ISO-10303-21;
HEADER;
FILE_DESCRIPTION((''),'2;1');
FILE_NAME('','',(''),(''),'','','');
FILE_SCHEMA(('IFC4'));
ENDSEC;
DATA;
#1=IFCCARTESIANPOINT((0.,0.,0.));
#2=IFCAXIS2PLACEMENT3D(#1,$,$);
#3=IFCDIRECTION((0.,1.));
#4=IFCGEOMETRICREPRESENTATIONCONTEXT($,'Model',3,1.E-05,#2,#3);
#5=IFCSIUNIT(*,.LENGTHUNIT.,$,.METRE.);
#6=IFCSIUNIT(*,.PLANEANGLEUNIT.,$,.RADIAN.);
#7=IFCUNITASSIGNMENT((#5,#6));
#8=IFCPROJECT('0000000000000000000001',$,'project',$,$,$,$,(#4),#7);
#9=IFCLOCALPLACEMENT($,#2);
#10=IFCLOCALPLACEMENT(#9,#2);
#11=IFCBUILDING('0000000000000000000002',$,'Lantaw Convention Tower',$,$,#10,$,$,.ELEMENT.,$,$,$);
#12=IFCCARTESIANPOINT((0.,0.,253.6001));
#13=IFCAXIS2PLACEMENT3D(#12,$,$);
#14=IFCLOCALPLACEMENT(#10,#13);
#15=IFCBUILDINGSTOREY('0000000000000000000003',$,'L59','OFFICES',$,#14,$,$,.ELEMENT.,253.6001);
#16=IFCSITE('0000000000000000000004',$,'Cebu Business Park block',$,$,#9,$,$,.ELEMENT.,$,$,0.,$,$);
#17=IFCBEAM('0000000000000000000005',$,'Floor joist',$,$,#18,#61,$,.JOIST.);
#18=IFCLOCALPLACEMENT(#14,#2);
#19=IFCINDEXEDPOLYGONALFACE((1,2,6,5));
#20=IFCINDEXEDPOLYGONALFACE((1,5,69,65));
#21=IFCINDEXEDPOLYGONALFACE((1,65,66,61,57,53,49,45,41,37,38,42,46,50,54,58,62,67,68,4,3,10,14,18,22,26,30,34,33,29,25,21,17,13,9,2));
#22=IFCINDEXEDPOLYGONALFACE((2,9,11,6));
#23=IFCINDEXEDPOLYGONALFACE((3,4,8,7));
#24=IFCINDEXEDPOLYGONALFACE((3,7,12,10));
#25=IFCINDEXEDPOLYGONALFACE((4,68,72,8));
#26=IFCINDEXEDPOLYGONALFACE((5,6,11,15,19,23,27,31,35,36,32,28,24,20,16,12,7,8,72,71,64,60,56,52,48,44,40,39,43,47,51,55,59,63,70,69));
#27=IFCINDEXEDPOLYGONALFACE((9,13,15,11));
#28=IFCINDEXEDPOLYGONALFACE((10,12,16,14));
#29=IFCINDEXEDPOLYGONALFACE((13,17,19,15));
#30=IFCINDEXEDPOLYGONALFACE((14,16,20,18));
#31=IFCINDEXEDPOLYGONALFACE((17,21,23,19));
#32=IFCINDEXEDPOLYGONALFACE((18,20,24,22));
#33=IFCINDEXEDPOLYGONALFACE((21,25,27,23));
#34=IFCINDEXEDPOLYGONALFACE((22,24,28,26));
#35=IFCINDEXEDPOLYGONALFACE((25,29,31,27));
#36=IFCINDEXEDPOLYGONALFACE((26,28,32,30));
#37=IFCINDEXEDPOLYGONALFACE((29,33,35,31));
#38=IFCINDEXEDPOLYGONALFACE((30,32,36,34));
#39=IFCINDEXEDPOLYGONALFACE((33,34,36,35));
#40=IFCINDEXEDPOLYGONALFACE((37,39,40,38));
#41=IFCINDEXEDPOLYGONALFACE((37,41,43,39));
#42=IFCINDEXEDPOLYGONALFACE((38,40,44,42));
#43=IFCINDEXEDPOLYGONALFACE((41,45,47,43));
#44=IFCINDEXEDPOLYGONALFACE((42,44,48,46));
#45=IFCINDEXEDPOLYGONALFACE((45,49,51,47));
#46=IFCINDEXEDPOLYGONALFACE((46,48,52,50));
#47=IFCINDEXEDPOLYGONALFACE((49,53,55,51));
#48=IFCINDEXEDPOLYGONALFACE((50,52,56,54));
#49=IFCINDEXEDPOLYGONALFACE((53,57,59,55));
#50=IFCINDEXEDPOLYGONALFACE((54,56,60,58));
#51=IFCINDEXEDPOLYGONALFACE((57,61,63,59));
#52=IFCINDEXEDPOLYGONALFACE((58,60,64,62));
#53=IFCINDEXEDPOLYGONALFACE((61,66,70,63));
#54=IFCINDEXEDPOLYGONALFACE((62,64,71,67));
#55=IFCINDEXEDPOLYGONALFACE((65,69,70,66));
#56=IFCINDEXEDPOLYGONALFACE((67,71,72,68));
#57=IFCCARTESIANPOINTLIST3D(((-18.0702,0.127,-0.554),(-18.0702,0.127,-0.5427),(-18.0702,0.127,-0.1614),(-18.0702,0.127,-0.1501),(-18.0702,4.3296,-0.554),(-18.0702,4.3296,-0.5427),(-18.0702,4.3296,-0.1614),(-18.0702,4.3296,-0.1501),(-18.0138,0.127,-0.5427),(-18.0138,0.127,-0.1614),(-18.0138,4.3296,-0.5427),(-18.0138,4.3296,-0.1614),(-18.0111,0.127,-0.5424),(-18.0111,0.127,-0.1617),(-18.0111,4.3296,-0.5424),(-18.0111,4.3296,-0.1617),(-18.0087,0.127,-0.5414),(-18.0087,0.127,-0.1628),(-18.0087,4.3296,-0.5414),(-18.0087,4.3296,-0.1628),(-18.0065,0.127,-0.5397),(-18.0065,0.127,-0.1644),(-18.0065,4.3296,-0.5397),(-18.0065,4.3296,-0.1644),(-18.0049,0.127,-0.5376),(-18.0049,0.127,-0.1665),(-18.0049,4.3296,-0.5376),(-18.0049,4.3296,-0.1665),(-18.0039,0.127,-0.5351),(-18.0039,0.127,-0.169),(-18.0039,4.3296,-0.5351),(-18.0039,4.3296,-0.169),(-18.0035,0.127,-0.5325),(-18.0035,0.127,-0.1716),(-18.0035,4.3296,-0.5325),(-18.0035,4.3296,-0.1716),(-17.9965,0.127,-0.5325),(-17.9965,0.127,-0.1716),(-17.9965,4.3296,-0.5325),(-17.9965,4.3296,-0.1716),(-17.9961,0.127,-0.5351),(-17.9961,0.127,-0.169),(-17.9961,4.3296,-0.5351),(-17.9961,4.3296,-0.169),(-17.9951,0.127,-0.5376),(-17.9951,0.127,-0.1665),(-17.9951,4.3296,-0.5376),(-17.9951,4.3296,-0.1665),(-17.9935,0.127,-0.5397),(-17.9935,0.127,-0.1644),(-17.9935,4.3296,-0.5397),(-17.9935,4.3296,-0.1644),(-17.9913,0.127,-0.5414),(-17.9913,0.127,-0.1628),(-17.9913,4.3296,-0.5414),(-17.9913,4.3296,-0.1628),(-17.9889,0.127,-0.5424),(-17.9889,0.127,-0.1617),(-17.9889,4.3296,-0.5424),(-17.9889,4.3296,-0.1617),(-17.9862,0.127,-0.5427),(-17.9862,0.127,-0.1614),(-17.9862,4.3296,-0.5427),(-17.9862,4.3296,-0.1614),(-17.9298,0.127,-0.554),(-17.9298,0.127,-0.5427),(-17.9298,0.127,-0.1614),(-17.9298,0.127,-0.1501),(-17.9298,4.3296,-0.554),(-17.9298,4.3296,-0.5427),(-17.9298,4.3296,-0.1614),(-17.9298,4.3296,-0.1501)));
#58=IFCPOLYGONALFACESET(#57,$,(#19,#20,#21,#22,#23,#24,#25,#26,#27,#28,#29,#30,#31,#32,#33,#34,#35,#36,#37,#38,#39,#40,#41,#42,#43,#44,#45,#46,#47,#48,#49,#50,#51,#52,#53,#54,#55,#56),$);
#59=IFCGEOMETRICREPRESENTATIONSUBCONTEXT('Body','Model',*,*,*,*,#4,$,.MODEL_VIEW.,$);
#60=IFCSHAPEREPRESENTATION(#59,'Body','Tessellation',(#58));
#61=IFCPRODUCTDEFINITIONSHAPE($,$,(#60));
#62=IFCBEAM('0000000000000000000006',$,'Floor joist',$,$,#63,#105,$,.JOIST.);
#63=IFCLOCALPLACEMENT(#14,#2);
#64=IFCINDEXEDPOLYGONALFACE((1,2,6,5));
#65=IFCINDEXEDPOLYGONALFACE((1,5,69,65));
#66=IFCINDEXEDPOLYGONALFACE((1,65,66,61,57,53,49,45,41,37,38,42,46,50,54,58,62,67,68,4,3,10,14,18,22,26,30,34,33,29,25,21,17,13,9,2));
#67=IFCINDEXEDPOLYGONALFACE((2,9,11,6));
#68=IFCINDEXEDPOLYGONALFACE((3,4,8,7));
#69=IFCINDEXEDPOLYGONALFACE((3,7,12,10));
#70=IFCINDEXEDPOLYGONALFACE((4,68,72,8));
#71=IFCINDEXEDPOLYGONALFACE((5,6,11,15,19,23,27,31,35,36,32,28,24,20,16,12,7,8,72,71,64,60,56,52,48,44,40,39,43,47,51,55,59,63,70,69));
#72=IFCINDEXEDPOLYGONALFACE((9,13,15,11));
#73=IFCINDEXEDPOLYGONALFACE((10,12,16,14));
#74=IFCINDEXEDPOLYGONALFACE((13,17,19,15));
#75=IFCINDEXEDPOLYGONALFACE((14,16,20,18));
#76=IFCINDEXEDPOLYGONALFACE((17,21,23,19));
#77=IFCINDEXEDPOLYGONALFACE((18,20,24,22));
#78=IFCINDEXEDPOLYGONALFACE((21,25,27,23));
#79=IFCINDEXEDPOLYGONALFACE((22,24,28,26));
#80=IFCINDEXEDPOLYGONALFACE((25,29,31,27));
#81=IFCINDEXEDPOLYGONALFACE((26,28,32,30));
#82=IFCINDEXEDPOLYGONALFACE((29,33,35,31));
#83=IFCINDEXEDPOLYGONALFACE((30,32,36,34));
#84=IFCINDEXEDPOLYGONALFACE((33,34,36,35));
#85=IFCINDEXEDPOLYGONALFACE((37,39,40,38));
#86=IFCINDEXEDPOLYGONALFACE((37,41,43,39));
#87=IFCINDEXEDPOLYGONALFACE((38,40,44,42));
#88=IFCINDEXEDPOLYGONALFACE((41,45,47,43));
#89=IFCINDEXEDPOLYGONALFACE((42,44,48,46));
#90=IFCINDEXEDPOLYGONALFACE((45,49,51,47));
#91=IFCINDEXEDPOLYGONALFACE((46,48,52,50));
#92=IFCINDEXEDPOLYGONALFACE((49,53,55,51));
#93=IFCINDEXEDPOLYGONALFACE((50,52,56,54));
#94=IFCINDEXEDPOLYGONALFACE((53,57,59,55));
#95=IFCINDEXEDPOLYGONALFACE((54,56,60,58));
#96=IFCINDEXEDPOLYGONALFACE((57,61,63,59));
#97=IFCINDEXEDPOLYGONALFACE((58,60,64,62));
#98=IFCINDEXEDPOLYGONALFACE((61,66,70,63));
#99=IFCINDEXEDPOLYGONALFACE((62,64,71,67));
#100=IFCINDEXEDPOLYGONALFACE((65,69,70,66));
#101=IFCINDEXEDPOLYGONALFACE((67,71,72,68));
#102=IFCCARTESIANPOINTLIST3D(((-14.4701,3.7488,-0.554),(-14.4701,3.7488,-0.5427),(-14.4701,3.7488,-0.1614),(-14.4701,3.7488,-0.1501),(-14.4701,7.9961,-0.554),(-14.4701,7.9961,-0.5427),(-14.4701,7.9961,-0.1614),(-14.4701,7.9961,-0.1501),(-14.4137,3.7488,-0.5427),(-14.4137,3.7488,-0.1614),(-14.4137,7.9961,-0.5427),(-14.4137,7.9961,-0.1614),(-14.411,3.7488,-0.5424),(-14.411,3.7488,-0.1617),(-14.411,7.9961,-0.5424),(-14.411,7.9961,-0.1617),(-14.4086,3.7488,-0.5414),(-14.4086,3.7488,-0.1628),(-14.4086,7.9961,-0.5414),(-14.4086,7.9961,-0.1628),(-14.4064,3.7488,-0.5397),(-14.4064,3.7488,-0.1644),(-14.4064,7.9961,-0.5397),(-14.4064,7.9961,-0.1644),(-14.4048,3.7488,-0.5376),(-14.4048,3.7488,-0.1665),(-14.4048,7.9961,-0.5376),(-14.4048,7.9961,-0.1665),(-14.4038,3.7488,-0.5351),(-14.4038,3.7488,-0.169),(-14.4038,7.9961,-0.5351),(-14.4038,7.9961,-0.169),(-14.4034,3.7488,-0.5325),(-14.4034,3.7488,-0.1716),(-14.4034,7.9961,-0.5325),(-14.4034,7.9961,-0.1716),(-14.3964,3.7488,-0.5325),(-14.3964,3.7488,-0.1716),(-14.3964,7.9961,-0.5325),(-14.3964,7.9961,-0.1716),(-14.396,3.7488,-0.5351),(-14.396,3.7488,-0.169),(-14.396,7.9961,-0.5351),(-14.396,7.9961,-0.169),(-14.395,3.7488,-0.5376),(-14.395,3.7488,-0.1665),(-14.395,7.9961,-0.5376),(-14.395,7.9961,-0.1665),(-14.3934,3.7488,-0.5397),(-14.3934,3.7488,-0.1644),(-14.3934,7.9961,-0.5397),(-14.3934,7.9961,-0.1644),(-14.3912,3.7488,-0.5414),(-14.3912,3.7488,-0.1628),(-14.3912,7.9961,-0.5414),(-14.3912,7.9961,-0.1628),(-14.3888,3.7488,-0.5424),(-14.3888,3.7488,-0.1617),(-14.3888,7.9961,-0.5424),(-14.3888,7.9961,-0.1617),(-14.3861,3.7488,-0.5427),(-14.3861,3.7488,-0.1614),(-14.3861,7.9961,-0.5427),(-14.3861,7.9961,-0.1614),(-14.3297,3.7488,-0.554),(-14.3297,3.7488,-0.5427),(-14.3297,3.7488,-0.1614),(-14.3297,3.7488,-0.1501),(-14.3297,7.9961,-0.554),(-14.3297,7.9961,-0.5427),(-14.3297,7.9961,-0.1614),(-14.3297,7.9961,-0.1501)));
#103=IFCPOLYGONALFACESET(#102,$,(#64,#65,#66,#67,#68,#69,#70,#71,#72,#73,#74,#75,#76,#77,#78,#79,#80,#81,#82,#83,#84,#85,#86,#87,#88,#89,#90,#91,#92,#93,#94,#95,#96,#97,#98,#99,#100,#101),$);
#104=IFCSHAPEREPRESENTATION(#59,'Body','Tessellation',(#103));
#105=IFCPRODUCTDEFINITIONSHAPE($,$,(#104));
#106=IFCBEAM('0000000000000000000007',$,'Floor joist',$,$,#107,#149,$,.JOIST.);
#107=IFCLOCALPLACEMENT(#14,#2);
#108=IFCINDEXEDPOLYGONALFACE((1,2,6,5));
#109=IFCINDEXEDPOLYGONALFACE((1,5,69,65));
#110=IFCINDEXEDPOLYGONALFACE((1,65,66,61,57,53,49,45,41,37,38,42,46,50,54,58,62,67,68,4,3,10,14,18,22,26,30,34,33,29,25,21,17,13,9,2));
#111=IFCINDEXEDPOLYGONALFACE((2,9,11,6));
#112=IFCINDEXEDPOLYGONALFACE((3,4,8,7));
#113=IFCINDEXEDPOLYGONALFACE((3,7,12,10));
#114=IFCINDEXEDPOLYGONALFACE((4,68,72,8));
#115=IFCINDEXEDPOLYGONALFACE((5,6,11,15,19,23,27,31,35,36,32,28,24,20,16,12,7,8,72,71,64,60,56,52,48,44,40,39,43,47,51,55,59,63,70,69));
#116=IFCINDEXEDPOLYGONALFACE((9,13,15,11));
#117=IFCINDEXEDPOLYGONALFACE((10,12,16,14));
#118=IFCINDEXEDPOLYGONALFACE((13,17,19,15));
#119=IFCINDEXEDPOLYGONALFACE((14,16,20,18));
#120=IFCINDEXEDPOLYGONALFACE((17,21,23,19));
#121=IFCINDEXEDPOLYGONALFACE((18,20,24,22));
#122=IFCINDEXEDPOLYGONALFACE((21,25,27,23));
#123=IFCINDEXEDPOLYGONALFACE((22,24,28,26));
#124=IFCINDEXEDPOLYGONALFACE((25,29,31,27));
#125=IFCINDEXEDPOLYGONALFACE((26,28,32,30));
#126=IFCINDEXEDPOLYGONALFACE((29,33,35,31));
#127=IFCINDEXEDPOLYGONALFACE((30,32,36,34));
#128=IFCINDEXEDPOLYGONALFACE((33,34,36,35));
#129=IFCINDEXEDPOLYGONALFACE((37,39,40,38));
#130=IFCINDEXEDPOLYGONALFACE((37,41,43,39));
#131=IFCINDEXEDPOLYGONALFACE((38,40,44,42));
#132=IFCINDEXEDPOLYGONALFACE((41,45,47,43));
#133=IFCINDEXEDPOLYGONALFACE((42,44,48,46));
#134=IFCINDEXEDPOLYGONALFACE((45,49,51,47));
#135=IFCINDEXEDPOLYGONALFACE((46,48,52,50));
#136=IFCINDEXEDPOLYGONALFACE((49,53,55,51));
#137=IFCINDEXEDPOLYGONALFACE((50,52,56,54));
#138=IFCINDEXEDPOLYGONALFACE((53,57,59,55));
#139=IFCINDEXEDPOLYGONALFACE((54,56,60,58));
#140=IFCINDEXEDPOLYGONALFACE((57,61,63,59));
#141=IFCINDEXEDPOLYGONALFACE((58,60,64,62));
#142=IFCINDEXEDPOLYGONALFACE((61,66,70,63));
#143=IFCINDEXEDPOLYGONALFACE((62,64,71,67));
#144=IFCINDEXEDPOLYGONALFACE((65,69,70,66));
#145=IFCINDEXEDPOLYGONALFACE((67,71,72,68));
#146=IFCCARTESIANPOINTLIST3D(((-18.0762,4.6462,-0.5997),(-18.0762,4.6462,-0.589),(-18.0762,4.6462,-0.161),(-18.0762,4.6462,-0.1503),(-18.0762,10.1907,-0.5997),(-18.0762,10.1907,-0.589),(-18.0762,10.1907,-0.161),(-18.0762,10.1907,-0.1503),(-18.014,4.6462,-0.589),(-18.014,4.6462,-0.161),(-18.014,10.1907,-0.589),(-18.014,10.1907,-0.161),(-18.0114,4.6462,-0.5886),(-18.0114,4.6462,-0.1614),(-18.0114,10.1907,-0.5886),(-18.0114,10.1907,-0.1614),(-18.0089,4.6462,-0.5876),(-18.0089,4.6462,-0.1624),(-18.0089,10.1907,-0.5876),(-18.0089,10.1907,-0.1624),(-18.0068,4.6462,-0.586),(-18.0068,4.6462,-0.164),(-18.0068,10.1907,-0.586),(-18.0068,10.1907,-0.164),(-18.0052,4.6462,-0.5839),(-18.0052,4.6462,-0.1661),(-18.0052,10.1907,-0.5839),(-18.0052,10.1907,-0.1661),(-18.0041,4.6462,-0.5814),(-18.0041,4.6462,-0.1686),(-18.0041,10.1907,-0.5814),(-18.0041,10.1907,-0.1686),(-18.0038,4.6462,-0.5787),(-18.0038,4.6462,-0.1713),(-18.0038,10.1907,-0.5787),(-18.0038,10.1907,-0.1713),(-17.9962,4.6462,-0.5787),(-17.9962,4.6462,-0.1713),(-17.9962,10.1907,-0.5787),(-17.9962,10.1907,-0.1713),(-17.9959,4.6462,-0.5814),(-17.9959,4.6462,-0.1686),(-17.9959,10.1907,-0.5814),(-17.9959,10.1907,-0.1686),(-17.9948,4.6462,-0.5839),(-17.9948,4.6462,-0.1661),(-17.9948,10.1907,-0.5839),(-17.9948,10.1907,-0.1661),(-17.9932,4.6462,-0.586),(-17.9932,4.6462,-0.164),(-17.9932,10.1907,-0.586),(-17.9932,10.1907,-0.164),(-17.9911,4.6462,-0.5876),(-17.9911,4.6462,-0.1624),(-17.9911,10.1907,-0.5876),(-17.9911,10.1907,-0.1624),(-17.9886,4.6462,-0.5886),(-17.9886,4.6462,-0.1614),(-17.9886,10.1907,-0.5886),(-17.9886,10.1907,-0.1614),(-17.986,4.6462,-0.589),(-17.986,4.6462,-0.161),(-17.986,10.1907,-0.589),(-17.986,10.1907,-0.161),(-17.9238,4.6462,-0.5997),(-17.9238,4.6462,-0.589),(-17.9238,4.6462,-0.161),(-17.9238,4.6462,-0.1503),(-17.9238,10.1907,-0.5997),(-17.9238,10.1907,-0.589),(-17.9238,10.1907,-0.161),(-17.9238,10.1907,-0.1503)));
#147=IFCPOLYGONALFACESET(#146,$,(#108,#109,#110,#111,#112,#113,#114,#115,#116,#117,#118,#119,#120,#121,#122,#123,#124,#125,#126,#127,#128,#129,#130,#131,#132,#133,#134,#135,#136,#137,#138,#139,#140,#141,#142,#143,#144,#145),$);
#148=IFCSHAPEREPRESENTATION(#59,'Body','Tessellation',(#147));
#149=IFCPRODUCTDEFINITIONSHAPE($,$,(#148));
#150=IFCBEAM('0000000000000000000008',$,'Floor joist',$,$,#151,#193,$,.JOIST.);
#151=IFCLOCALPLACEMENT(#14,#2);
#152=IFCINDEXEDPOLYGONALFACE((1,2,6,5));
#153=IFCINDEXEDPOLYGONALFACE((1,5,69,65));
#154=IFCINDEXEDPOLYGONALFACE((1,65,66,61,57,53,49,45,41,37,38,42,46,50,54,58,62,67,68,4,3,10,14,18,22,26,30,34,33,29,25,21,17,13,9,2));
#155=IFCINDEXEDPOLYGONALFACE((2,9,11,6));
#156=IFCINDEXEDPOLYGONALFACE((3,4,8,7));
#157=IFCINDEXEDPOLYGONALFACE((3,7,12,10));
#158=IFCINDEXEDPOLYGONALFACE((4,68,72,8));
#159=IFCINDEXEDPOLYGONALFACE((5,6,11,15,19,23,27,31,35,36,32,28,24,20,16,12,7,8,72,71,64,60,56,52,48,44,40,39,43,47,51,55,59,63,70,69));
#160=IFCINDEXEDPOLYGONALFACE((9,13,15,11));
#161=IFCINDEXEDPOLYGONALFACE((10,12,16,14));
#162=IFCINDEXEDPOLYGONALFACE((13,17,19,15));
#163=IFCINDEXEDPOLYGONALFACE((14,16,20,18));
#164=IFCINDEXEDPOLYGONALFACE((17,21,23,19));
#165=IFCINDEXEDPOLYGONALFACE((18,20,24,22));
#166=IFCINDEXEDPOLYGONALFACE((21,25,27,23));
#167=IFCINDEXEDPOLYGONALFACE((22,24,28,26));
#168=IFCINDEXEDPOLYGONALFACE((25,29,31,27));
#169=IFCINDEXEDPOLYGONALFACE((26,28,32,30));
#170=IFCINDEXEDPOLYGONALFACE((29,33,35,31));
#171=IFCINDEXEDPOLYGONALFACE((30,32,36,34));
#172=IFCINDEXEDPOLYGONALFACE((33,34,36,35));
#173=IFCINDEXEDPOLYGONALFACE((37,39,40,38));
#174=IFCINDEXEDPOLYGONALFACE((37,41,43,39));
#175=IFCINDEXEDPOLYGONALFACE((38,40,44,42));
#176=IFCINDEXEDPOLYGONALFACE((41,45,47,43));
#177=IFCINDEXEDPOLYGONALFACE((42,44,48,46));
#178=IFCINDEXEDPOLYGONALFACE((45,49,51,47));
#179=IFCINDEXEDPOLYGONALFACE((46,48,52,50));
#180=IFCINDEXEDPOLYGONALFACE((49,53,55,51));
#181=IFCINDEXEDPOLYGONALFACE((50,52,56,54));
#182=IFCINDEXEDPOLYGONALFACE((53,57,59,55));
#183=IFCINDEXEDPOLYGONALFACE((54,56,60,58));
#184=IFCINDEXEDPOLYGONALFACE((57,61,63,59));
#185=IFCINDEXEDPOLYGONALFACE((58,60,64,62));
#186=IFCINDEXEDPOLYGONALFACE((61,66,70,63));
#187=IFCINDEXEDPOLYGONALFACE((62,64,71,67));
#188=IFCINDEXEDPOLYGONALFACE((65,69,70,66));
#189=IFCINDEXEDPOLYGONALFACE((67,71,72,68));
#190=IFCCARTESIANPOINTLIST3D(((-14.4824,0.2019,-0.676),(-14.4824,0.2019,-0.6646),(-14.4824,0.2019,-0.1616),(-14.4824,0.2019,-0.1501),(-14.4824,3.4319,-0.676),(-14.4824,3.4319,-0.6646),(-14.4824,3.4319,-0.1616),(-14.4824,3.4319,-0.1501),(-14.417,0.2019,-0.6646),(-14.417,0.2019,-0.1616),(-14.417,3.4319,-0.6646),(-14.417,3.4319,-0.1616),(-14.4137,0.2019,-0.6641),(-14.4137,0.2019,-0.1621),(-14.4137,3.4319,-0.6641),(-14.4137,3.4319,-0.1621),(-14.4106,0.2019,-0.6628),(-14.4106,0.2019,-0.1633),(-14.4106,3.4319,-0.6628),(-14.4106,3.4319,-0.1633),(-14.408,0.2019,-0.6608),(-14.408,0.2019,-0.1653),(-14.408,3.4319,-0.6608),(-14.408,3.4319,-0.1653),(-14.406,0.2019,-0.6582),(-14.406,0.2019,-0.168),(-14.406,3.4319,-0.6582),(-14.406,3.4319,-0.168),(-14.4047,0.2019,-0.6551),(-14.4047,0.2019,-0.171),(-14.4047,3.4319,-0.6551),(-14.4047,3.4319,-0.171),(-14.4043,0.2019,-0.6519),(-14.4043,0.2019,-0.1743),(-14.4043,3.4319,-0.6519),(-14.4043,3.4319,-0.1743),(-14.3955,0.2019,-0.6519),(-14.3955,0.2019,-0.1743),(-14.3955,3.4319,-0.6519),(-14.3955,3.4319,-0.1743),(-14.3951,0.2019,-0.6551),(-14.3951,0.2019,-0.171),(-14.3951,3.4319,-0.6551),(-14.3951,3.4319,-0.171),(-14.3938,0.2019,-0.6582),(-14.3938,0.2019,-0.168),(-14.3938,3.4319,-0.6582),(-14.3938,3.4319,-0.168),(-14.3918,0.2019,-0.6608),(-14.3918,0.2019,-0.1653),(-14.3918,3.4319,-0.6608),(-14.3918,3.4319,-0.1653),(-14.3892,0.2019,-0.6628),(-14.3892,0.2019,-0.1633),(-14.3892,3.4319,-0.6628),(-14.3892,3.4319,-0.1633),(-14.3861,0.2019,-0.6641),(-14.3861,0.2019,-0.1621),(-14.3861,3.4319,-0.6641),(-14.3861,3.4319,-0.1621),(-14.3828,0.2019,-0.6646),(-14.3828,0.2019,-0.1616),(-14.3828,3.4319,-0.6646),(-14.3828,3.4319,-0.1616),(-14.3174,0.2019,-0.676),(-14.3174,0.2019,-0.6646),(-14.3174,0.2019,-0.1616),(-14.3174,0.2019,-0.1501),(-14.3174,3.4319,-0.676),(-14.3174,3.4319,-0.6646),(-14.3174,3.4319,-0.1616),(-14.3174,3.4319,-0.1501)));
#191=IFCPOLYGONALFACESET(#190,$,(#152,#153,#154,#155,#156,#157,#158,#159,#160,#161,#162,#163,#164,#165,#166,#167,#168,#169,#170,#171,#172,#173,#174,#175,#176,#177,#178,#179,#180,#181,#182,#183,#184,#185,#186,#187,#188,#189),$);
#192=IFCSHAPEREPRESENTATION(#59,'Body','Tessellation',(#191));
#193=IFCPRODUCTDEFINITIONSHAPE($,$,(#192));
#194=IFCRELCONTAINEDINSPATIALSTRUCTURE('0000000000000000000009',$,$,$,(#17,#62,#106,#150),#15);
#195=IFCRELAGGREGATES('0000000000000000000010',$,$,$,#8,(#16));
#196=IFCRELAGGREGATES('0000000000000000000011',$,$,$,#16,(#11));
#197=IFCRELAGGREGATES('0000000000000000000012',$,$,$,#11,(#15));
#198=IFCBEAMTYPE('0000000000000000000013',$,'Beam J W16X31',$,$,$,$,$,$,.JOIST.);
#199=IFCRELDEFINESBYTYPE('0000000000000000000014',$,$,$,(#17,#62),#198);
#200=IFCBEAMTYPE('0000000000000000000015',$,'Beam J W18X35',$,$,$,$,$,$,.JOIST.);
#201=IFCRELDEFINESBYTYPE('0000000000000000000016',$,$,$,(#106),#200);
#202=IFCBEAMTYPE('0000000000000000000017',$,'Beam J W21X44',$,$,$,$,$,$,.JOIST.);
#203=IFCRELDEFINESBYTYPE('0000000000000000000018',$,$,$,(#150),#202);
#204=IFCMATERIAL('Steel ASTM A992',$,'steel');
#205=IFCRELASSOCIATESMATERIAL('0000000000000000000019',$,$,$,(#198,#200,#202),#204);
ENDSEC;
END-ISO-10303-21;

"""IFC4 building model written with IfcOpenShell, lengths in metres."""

from ifc_helpers import new_model, si_unit, direction, frame, origin, origin_2d, place, context, subcontext, project, spatial, i_section, extrude, material, material_profile, profile_set, type_object, element, save


model = new_model("IFC4")

# Units and contexts
model_context = context("Model", 3, precision=1e-05, world=origin(), true_north=direction((0.0, 1.0)))
body_context = subcontext(model_context, "Body", "Model", "MODEL_VIEW")
ifc_project = project(units=[si_unit("LENGTHUNIT", "METRE"), si_unit("PLANEANGLEUNIT", "RADIAN")], contexts=[model_context])

# Site, building, storey
site_placement = place(None, origin())
site = spatial("IfcSite", under=ifc_project, at=site_placement, Name="Cebu Business Park block", CompositionType="ELEMENT", RefElevation=0.0)
building_placement = place(site_placement, origin())
building = spatial("IfcBuilding", under=site, at=building_placement, Name="Lantaw Convention Tower", CompositionType="ELEMENT")
storey_placement = place(building_placement, frame((0.0, 0.0, 253.6001)))
storey = spatial("IfcBuildingStorey", under=building, at=storey_placement, Name="L59", Description="OFFICES", CompositionType="ELEMENT", Elevation=253.6001)

# Beams
ifc_material_1 = material(Name="Steel ASTM A992", Category="steel")
ifc_material_profile_1 = material_profile(ifc_material_1, i_section(OverallWidth=0.1404, OverallDepth=0.4038, WebThickness=0.0071, FlangeThickness=0.0112, FilletRadius=0.0103, at=origin_2d()), Name="W16X31")
ifc_profile_set_1 = profile_set([ifc_material_profile_1], Name="Steel ASTM A992")
beam_type_1 = type_object("IfcBeamType", Name="Beam J W16X31", PredefinedType="JOIST", material=ifc_profile_set_1)
beam_1_placement = place(storey_placement, frame((-18.0, 0.127, -0.3521), z_axis=(0.0, 1.0, 0.0), x_axis=(-1.0, 0.0, 0.0)))
element("IfcBeam", 1, at=beam_1_placement, inside=storey, type_object=beam_type_1, Name="Floor joist", PredefinedType="JOIST", context=body_context, shape_type="SweptSolid", body=[
    extrude(i_section(OverallWidth=0.1404, OverallDepth=0.4038, WebThickness=0.0071, FlangeThickness=0.0112, FilletRadius=0.0103, at=origin_2d()), origin(), (0.0, 0.0, 1.0), 4.2026),
])
beam_2_placement = place(storey_placement, frame((-14.3999, 3.7488, -0.3521), z_axis=(0.0, 1.0, 0.0), x_axis=(-1.0, 0.0, 0.0)))
element("IfcBeam", 2, at=beam_2_placement, inside=storey, type_object=beam_type_1, Name="Floor joist", PredefinedType="JOIST", context=body_context, shape_type="SweptSolid", body=[
    extrude(i_section(OverallWidth=0.1404, OverallDepth=0.4038, WebThickness=0.0071, FlangeThickness=0.0112, FilletRadius=0.0103, at=origin_2d()), origin(), (0.0, 0.0, 1.0), 4.2473),
])
ifc_material_profile_2 = material_profile(ifc_material_1, i_section(OverallWidth=0.1523, OverallDepth=0.4495, WebThickness=0.0076, FlangeThickness=0.0107, FilletRadius=0.0103, at=origin_2d()), Name="W18X35")
ifc_profile_set_2 = profile_set([ifc_material_profile_2], Name="Steel ASTM A992")
beam_type_2 = type_object("IfcBeamType", Name="Beam J W18X35", PredefinedType="JOIST", material=ifc_profile_set_2)
beam_3_placement = place(storey_placement, frame((-18.0, 4.6462, -0.375), z_axis=(0.0, 1.0, 0.0), x_axis=(-1.0, 0.0, 0.0)))
element("IfcBeam", 3, at=beam_3_placement, inside=storey, type_object=beam_type_2, Name="Floor joist", PredefinedType="JOIST", context=body_context, shape_type="SweptSolid", body=[
    extrude(i_section(OverallWidth=0.1523, OverallDepth=0.4495, WebThickness=0.0076, FlangeThickness=0.0107, FilletRadius=0.0103, at=origin_2d()), origin(), (0.0, 0.0, 1.0), 5.5444),
])
ifc_material_profile_3 = material_profile(ifc_material_1, i_section(OverallWidth=0.165, OverallDepth=0.5259, WebThickness=0.0088, FlangeThickness=0.0115, FilletRadius=0.0127, at=origin_2d()), Name="W21X44")
ifc_profile_set_3 = profile_set([ifc_material_profile_3], Name="Steel ASTM A992")
beam_type_3 = type_object("IfcBeamType", Name="Beam J W21X44", PredefinedType="JOIST", material=ifc_profile_set_3)
beam_4_placement = place(storey_placement, frame((-14.3999, 0.2019, -0.4131), z_axis=(0.0, 1.0, 0.0), x_axis=(-1.0, 0.0, 0.0)))
element("IfcBeam", 4, at=beam_4_placement, inside=storey, type_object=beam_type_3, Name="Floor joist", PredefinedType="JOIST", context=body_context, shape_type="SweptSolid", body=[
    extrude(i_section(OverallWidth=0.165, OverallDepth=0.5259, WebThickness=0.0088, FlangeThickness=0.0115, FilletRadius=0.0127, at=origin_2d()), origin(), (0.0, 0.0, 1.0), 3.23),
])

save(model, "model.ifc")
